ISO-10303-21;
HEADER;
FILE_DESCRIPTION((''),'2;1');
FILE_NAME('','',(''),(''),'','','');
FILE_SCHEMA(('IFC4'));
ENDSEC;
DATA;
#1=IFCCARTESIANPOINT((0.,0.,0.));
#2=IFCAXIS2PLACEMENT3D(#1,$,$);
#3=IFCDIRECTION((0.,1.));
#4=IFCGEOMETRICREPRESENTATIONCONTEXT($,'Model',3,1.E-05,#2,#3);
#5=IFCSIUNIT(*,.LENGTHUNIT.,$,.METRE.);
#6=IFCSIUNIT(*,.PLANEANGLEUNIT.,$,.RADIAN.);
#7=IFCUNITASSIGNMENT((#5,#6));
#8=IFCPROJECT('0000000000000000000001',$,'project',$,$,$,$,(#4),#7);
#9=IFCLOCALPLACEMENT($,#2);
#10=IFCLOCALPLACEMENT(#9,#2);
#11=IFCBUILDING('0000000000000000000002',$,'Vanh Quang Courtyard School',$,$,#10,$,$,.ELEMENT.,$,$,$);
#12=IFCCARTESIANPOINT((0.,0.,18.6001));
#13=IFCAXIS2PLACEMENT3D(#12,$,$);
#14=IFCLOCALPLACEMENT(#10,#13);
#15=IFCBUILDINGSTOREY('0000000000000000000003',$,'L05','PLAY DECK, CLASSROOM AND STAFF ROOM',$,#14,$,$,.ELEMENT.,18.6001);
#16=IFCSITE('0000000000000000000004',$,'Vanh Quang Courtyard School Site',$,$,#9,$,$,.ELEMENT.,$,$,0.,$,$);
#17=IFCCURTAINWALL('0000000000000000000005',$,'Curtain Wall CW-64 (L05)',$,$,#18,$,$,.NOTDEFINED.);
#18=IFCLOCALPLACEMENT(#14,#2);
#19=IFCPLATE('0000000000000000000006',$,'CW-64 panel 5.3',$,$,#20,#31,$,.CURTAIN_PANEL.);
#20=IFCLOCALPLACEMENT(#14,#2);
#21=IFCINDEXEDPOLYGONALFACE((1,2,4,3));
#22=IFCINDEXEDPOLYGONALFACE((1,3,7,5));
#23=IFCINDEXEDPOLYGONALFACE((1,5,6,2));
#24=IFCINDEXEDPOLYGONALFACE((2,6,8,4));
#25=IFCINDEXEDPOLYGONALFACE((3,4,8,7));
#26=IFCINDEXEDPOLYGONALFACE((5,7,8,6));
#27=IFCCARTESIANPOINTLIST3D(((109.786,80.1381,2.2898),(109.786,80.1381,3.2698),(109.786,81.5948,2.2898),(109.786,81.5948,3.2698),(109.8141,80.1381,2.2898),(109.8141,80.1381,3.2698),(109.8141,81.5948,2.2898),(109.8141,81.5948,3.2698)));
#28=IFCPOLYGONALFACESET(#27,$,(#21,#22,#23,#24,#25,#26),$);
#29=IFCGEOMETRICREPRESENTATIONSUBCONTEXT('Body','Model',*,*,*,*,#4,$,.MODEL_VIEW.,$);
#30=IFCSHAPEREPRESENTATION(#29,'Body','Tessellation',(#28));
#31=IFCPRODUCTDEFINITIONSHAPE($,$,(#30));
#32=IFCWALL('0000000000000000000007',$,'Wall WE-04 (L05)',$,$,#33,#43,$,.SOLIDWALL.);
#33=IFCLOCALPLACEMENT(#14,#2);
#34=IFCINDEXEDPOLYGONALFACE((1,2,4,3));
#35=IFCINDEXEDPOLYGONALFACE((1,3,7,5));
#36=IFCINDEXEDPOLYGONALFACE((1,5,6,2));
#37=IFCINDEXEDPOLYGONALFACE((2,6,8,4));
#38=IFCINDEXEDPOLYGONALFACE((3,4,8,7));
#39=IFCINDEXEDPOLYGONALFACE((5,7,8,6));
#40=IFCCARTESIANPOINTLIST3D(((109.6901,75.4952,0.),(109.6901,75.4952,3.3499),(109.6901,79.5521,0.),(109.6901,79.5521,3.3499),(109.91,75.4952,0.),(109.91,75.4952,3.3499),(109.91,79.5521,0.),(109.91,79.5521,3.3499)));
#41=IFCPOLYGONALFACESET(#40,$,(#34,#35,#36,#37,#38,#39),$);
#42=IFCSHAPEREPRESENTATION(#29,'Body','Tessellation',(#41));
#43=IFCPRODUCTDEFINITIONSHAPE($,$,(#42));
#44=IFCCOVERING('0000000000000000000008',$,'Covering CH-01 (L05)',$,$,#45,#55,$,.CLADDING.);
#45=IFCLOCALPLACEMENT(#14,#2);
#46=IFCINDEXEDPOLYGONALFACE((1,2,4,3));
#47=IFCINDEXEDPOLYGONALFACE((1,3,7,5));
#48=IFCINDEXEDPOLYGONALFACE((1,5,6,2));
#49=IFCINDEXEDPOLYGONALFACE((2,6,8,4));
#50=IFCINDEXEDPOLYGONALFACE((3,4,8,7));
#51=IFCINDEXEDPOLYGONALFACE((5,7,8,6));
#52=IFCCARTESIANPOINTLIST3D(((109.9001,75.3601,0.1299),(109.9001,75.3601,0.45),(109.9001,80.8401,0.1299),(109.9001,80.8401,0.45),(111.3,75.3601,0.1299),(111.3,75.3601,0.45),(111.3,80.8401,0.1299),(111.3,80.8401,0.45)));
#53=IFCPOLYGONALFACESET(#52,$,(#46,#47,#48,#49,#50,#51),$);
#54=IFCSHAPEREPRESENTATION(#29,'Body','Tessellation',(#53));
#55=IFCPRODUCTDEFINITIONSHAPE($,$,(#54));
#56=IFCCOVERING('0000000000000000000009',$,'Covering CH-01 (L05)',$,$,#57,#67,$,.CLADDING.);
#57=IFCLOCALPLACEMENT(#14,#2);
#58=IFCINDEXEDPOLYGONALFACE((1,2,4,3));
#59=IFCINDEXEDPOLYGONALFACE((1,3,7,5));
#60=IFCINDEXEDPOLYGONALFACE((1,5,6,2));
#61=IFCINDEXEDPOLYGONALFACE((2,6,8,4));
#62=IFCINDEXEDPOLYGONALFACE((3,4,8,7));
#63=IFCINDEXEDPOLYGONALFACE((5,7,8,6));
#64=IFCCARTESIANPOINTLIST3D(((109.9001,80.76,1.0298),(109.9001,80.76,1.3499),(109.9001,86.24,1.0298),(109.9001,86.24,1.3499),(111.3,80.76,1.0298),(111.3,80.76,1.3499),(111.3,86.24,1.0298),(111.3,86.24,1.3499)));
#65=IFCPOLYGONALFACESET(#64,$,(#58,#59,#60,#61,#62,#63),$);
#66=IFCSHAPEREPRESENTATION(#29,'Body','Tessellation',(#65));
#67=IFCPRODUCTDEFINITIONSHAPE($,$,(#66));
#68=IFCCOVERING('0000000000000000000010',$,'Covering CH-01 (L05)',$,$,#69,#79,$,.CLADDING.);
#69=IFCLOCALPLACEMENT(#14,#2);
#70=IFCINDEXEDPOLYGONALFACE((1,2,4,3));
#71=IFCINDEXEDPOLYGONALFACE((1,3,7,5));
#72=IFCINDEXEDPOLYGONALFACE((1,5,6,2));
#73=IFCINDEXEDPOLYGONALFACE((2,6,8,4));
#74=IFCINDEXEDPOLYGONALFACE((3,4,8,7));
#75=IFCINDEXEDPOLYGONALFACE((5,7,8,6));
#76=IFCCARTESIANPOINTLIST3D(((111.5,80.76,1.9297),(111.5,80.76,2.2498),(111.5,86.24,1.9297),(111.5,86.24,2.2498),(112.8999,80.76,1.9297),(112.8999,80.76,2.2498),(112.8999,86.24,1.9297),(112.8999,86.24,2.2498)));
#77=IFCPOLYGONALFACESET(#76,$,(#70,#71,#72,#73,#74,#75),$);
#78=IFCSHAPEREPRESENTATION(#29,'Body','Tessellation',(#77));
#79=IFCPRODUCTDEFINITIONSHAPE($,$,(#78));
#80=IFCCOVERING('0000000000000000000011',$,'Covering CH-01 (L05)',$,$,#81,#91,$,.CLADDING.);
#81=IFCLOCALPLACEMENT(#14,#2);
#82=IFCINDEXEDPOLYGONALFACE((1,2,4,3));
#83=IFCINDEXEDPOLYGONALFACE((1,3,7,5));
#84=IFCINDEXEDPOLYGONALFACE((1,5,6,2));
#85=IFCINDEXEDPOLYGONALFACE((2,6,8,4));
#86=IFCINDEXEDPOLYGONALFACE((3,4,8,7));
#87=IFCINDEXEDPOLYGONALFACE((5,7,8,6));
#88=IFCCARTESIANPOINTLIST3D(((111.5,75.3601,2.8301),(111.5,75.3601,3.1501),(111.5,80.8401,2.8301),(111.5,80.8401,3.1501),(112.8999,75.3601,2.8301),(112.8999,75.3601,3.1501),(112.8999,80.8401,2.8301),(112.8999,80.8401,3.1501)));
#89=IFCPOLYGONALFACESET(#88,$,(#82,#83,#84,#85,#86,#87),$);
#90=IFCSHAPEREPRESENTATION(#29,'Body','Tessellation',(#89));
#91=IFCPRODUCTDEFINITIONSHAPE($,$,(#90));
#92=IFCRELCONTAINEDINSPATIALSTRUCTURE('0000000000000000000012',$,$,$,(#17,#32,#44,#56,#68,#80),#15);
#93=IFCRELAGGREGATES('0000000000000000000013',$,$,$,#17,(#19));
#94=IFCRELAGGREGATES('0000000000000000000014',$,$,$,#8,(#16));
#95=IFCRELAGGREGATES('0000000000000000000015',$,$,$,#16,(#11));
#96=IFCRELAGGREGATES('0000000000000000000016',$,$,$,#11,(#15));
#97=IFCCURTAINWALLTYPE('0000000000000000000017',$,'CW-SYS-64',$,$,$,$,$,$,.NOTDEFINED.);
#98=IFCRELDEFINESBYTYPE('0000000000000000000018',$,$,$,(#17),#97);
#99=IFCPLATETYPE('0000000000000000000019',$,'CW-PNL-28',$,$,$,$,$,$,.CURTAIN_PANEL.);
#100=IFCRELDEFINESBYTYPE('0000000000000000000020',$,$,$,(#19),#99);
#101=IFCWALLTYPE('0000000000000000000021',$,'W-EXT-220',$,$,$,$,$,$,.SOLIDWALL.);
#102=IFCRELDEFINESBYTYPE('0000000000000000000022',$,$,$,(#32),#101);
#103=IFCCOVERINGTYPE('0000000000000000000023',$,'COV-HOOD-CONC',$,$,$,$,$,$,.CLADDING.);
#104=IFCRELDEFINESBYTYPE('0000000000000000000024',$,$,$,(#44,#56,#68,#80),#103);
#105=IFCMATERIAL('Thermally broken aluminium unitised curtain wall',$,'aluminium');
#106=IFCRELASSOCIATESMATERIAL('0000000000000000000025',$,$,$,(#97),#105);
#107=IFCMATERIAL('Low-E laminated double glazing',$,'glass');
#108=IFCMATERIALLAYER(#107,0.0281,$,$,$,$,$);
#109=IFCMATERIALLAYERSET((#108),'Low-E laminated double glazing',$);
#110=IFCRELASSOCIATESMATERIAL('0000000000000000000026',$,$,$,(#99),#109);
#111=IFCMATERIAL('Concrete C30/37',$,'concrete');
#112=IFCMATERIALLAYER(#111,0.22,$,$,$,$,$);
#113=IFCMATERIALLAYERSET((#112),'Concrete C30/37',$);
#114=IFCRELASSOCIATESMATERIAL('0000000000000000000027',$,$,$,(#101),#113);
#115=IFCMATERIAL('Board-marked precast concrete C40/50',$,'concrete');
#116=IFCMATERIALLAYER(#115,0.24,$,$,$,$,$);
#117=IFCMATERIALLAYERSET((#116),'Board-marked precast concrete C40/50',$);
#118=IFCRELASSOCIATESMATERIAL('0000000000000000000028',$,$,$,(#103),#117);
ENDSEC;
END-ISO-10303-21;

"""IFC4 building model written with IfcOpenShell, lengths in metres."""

from ifc_helpers import new_model, si_unit, direction, frame, frame_2d, origin, origin_2d, place, context, subcontext, project, spatial, rectangle, extrude, material, layer, layer_set, type_object, element, aggregate, save


model = new_model("IFC4")

# Units and contexts
model_context = context("Model", 3, precision=1e-05, world=origin(), true_north=direction((0.0, 1.0)))
body_context = subcontext(model_context, "Body", "Model", "MODEL_VIEW")
ifc_project = project(units=[si_unit("LENGTHUNIT", "METRE"), si_unit("PLANEANGLEUNIT", "RADIAN")], contexts=[model_context])

# Site, building, storey
site_placement = place(None, origin())
site = spatial("IfcSite", under=ifc_project, at=site_placement, Name="Vanh Quang Courtyard School Site", CompositionType="ELEMENT", RefElevation=0.0)
building_placement = place(site_placement, origin())
building = spatial("IfcBuilding", under=site, at=building_placement, Name="Vanh Quang Courtyard School", CompositionType="ELEMENT")
storey_placement = place(building_placement, frame((0.0, 0.0, 18.6001)))
storey = spatial("IfcBuildingStorey", under=building, at=storey_placement, Name="L05", Description="PLAY DECK, CLASSROOM AND STAFF ROOM", CompositionType="ELEMENT", Elevation=18.6001)

# Curtain wall, plate
ifc_material_1 = material(Name="Thermally broken aluminium unitised curtain wall", Category="aluminium")
curtain_wall_type = type_object("IfcCurtainWallType", Name="CW-SYS-64", PredefinedType="NOTDEFINED", material=ifc_material_1)
curtain_wall_placement = place(storey_placement, origin())
curtain_wall = element("IfcCurtainWall", 1, at=curtain_wall_placement, inside=storey, type_object=curtain_wall_type, Name="Curtain Wall CW-64 (L05)", PredefinedType="NOTDEFINED")
ifc_material_2 = material(Name="Low-E laminated double glazing", Category="glass")
ifc_layer_1 = layer(ifc_material_2, 0.0281)
ifc_layer_set_1 = layer_set([ifc_layer_1], Name="Low-E laminated double glazing")
plate_type = type_object("IfcPlateType", Name="CW-PNL-28", PredefinedType="CURTAIN_PANEL", material=ifc_layer_set_1)
plate_1_placement = place(storey_placement, frame((109.8, 80.8665, 2.2898), z_axis=(0.0, 0.0, 1.0), x_axis=(0.0, -1.0, 0.0)))
plate_1 = element("IfcPlate", 2, at=plate_1_placement, type_object=plate_type, Name="CW-64 panel 5.3", PredefinedType="CURTAIN_PANEL", context=body_context, shape_type="SweptSolid", body=[
    extrude(rectangle(XDim=1.4568, YDim=0.0281, at=origin_2d()), origin(), (0.0, 0.0, 1.0), 0.98),
])
aggregate(curtain_wall, [plate_1])

# Wall
ifc_material_3 = material(Name="Concrete C30/37", Category="concrete")
ifc_layer_2 = layer(ifc_material_3, 0.22)
ifc_layer_set_2 = layer_set([ifc_layer_2], Name="Concrete C30/37")
wall_type = type_object("IfcWallType", Name="W-EXT-220", PredefinedType="SOLIDWALL", material=ifc_layer_set_2)
wall_placement = place(storey_placement, frame((109.8, 79.552, 0.0), z_axis=(0.0, 0.0, 1.0), x_axis=(0.0, -1.0, 0.0)))
element("IfcWall", 3, at=wall_placement, inside=storey, type_object=wall_type, Name="Wall WE-04 (L05)", PredefinedType="SOLIDWALL", context=body_context, shape_type="SweptSolid", body=[
    extrude(rectangle(XDim=4.0569, YDim=0.22, at=frame_2d((2.0283, 0.0))), origin(), (0.0, 0.0, 1.0), 3.3499),
])

# Coverings
ifc_material_4 = material(Name="Board-marked precast concrete C40/50", Category="concrete")
ifc_layer_3 = layer(ifc_material_4, 0.24)
ifc_layer_set_3 = layer_set([ifc_layer_3], Name="Board-marked precast concrete C40/50")
covering_type = type_object("IfcCoveringType", Name="COV-HOOD-CONC", PredefinedType="CLADDING", material=ifc_layer_set_3)
for number, where, z_axis, x_axis, name in (
    (4, (110.6001, 78.1001, 0.1299), (0.0, 0.0, 1.0), (1.0, 0.0, 0.0), "Covering CH-01 (L05)"),
    (5, (110.6001, 83.5, 1.0298), (0.0, 0.0, 1.0), (1.0, 0.0, 0.0), "Covering CH-01 (L05)"),
    (6, (112.2, 83.5, 1.9297), (0.0, 0.0, 1.0), (1.0, 0.0, 0.0), "Covering CH-01 (L05)"),
    (7, (112.2, 78.1001, 2.8301), (0.0, 0.0, 1.0), (1.0, 0.0, 0.0), "Covering CH-01 (L05)"),
):
    element("IfcCovering", number, at=place(storey_placement, frame(where, z_axis=z_axis, x_axis=x_axis)), inside=storey, type_object=covering_type, Name=name, PredefinedType="CLADDING", context=body_context, shape_type="SweptSolid", body=[
        extrude(rectangle(XDim=1.3999, YDim=5.48, at=origin_2d()), origin(), (0.0, 0.0, 1.0), 0.3201),
    ])

save(model, "model.ifc")
